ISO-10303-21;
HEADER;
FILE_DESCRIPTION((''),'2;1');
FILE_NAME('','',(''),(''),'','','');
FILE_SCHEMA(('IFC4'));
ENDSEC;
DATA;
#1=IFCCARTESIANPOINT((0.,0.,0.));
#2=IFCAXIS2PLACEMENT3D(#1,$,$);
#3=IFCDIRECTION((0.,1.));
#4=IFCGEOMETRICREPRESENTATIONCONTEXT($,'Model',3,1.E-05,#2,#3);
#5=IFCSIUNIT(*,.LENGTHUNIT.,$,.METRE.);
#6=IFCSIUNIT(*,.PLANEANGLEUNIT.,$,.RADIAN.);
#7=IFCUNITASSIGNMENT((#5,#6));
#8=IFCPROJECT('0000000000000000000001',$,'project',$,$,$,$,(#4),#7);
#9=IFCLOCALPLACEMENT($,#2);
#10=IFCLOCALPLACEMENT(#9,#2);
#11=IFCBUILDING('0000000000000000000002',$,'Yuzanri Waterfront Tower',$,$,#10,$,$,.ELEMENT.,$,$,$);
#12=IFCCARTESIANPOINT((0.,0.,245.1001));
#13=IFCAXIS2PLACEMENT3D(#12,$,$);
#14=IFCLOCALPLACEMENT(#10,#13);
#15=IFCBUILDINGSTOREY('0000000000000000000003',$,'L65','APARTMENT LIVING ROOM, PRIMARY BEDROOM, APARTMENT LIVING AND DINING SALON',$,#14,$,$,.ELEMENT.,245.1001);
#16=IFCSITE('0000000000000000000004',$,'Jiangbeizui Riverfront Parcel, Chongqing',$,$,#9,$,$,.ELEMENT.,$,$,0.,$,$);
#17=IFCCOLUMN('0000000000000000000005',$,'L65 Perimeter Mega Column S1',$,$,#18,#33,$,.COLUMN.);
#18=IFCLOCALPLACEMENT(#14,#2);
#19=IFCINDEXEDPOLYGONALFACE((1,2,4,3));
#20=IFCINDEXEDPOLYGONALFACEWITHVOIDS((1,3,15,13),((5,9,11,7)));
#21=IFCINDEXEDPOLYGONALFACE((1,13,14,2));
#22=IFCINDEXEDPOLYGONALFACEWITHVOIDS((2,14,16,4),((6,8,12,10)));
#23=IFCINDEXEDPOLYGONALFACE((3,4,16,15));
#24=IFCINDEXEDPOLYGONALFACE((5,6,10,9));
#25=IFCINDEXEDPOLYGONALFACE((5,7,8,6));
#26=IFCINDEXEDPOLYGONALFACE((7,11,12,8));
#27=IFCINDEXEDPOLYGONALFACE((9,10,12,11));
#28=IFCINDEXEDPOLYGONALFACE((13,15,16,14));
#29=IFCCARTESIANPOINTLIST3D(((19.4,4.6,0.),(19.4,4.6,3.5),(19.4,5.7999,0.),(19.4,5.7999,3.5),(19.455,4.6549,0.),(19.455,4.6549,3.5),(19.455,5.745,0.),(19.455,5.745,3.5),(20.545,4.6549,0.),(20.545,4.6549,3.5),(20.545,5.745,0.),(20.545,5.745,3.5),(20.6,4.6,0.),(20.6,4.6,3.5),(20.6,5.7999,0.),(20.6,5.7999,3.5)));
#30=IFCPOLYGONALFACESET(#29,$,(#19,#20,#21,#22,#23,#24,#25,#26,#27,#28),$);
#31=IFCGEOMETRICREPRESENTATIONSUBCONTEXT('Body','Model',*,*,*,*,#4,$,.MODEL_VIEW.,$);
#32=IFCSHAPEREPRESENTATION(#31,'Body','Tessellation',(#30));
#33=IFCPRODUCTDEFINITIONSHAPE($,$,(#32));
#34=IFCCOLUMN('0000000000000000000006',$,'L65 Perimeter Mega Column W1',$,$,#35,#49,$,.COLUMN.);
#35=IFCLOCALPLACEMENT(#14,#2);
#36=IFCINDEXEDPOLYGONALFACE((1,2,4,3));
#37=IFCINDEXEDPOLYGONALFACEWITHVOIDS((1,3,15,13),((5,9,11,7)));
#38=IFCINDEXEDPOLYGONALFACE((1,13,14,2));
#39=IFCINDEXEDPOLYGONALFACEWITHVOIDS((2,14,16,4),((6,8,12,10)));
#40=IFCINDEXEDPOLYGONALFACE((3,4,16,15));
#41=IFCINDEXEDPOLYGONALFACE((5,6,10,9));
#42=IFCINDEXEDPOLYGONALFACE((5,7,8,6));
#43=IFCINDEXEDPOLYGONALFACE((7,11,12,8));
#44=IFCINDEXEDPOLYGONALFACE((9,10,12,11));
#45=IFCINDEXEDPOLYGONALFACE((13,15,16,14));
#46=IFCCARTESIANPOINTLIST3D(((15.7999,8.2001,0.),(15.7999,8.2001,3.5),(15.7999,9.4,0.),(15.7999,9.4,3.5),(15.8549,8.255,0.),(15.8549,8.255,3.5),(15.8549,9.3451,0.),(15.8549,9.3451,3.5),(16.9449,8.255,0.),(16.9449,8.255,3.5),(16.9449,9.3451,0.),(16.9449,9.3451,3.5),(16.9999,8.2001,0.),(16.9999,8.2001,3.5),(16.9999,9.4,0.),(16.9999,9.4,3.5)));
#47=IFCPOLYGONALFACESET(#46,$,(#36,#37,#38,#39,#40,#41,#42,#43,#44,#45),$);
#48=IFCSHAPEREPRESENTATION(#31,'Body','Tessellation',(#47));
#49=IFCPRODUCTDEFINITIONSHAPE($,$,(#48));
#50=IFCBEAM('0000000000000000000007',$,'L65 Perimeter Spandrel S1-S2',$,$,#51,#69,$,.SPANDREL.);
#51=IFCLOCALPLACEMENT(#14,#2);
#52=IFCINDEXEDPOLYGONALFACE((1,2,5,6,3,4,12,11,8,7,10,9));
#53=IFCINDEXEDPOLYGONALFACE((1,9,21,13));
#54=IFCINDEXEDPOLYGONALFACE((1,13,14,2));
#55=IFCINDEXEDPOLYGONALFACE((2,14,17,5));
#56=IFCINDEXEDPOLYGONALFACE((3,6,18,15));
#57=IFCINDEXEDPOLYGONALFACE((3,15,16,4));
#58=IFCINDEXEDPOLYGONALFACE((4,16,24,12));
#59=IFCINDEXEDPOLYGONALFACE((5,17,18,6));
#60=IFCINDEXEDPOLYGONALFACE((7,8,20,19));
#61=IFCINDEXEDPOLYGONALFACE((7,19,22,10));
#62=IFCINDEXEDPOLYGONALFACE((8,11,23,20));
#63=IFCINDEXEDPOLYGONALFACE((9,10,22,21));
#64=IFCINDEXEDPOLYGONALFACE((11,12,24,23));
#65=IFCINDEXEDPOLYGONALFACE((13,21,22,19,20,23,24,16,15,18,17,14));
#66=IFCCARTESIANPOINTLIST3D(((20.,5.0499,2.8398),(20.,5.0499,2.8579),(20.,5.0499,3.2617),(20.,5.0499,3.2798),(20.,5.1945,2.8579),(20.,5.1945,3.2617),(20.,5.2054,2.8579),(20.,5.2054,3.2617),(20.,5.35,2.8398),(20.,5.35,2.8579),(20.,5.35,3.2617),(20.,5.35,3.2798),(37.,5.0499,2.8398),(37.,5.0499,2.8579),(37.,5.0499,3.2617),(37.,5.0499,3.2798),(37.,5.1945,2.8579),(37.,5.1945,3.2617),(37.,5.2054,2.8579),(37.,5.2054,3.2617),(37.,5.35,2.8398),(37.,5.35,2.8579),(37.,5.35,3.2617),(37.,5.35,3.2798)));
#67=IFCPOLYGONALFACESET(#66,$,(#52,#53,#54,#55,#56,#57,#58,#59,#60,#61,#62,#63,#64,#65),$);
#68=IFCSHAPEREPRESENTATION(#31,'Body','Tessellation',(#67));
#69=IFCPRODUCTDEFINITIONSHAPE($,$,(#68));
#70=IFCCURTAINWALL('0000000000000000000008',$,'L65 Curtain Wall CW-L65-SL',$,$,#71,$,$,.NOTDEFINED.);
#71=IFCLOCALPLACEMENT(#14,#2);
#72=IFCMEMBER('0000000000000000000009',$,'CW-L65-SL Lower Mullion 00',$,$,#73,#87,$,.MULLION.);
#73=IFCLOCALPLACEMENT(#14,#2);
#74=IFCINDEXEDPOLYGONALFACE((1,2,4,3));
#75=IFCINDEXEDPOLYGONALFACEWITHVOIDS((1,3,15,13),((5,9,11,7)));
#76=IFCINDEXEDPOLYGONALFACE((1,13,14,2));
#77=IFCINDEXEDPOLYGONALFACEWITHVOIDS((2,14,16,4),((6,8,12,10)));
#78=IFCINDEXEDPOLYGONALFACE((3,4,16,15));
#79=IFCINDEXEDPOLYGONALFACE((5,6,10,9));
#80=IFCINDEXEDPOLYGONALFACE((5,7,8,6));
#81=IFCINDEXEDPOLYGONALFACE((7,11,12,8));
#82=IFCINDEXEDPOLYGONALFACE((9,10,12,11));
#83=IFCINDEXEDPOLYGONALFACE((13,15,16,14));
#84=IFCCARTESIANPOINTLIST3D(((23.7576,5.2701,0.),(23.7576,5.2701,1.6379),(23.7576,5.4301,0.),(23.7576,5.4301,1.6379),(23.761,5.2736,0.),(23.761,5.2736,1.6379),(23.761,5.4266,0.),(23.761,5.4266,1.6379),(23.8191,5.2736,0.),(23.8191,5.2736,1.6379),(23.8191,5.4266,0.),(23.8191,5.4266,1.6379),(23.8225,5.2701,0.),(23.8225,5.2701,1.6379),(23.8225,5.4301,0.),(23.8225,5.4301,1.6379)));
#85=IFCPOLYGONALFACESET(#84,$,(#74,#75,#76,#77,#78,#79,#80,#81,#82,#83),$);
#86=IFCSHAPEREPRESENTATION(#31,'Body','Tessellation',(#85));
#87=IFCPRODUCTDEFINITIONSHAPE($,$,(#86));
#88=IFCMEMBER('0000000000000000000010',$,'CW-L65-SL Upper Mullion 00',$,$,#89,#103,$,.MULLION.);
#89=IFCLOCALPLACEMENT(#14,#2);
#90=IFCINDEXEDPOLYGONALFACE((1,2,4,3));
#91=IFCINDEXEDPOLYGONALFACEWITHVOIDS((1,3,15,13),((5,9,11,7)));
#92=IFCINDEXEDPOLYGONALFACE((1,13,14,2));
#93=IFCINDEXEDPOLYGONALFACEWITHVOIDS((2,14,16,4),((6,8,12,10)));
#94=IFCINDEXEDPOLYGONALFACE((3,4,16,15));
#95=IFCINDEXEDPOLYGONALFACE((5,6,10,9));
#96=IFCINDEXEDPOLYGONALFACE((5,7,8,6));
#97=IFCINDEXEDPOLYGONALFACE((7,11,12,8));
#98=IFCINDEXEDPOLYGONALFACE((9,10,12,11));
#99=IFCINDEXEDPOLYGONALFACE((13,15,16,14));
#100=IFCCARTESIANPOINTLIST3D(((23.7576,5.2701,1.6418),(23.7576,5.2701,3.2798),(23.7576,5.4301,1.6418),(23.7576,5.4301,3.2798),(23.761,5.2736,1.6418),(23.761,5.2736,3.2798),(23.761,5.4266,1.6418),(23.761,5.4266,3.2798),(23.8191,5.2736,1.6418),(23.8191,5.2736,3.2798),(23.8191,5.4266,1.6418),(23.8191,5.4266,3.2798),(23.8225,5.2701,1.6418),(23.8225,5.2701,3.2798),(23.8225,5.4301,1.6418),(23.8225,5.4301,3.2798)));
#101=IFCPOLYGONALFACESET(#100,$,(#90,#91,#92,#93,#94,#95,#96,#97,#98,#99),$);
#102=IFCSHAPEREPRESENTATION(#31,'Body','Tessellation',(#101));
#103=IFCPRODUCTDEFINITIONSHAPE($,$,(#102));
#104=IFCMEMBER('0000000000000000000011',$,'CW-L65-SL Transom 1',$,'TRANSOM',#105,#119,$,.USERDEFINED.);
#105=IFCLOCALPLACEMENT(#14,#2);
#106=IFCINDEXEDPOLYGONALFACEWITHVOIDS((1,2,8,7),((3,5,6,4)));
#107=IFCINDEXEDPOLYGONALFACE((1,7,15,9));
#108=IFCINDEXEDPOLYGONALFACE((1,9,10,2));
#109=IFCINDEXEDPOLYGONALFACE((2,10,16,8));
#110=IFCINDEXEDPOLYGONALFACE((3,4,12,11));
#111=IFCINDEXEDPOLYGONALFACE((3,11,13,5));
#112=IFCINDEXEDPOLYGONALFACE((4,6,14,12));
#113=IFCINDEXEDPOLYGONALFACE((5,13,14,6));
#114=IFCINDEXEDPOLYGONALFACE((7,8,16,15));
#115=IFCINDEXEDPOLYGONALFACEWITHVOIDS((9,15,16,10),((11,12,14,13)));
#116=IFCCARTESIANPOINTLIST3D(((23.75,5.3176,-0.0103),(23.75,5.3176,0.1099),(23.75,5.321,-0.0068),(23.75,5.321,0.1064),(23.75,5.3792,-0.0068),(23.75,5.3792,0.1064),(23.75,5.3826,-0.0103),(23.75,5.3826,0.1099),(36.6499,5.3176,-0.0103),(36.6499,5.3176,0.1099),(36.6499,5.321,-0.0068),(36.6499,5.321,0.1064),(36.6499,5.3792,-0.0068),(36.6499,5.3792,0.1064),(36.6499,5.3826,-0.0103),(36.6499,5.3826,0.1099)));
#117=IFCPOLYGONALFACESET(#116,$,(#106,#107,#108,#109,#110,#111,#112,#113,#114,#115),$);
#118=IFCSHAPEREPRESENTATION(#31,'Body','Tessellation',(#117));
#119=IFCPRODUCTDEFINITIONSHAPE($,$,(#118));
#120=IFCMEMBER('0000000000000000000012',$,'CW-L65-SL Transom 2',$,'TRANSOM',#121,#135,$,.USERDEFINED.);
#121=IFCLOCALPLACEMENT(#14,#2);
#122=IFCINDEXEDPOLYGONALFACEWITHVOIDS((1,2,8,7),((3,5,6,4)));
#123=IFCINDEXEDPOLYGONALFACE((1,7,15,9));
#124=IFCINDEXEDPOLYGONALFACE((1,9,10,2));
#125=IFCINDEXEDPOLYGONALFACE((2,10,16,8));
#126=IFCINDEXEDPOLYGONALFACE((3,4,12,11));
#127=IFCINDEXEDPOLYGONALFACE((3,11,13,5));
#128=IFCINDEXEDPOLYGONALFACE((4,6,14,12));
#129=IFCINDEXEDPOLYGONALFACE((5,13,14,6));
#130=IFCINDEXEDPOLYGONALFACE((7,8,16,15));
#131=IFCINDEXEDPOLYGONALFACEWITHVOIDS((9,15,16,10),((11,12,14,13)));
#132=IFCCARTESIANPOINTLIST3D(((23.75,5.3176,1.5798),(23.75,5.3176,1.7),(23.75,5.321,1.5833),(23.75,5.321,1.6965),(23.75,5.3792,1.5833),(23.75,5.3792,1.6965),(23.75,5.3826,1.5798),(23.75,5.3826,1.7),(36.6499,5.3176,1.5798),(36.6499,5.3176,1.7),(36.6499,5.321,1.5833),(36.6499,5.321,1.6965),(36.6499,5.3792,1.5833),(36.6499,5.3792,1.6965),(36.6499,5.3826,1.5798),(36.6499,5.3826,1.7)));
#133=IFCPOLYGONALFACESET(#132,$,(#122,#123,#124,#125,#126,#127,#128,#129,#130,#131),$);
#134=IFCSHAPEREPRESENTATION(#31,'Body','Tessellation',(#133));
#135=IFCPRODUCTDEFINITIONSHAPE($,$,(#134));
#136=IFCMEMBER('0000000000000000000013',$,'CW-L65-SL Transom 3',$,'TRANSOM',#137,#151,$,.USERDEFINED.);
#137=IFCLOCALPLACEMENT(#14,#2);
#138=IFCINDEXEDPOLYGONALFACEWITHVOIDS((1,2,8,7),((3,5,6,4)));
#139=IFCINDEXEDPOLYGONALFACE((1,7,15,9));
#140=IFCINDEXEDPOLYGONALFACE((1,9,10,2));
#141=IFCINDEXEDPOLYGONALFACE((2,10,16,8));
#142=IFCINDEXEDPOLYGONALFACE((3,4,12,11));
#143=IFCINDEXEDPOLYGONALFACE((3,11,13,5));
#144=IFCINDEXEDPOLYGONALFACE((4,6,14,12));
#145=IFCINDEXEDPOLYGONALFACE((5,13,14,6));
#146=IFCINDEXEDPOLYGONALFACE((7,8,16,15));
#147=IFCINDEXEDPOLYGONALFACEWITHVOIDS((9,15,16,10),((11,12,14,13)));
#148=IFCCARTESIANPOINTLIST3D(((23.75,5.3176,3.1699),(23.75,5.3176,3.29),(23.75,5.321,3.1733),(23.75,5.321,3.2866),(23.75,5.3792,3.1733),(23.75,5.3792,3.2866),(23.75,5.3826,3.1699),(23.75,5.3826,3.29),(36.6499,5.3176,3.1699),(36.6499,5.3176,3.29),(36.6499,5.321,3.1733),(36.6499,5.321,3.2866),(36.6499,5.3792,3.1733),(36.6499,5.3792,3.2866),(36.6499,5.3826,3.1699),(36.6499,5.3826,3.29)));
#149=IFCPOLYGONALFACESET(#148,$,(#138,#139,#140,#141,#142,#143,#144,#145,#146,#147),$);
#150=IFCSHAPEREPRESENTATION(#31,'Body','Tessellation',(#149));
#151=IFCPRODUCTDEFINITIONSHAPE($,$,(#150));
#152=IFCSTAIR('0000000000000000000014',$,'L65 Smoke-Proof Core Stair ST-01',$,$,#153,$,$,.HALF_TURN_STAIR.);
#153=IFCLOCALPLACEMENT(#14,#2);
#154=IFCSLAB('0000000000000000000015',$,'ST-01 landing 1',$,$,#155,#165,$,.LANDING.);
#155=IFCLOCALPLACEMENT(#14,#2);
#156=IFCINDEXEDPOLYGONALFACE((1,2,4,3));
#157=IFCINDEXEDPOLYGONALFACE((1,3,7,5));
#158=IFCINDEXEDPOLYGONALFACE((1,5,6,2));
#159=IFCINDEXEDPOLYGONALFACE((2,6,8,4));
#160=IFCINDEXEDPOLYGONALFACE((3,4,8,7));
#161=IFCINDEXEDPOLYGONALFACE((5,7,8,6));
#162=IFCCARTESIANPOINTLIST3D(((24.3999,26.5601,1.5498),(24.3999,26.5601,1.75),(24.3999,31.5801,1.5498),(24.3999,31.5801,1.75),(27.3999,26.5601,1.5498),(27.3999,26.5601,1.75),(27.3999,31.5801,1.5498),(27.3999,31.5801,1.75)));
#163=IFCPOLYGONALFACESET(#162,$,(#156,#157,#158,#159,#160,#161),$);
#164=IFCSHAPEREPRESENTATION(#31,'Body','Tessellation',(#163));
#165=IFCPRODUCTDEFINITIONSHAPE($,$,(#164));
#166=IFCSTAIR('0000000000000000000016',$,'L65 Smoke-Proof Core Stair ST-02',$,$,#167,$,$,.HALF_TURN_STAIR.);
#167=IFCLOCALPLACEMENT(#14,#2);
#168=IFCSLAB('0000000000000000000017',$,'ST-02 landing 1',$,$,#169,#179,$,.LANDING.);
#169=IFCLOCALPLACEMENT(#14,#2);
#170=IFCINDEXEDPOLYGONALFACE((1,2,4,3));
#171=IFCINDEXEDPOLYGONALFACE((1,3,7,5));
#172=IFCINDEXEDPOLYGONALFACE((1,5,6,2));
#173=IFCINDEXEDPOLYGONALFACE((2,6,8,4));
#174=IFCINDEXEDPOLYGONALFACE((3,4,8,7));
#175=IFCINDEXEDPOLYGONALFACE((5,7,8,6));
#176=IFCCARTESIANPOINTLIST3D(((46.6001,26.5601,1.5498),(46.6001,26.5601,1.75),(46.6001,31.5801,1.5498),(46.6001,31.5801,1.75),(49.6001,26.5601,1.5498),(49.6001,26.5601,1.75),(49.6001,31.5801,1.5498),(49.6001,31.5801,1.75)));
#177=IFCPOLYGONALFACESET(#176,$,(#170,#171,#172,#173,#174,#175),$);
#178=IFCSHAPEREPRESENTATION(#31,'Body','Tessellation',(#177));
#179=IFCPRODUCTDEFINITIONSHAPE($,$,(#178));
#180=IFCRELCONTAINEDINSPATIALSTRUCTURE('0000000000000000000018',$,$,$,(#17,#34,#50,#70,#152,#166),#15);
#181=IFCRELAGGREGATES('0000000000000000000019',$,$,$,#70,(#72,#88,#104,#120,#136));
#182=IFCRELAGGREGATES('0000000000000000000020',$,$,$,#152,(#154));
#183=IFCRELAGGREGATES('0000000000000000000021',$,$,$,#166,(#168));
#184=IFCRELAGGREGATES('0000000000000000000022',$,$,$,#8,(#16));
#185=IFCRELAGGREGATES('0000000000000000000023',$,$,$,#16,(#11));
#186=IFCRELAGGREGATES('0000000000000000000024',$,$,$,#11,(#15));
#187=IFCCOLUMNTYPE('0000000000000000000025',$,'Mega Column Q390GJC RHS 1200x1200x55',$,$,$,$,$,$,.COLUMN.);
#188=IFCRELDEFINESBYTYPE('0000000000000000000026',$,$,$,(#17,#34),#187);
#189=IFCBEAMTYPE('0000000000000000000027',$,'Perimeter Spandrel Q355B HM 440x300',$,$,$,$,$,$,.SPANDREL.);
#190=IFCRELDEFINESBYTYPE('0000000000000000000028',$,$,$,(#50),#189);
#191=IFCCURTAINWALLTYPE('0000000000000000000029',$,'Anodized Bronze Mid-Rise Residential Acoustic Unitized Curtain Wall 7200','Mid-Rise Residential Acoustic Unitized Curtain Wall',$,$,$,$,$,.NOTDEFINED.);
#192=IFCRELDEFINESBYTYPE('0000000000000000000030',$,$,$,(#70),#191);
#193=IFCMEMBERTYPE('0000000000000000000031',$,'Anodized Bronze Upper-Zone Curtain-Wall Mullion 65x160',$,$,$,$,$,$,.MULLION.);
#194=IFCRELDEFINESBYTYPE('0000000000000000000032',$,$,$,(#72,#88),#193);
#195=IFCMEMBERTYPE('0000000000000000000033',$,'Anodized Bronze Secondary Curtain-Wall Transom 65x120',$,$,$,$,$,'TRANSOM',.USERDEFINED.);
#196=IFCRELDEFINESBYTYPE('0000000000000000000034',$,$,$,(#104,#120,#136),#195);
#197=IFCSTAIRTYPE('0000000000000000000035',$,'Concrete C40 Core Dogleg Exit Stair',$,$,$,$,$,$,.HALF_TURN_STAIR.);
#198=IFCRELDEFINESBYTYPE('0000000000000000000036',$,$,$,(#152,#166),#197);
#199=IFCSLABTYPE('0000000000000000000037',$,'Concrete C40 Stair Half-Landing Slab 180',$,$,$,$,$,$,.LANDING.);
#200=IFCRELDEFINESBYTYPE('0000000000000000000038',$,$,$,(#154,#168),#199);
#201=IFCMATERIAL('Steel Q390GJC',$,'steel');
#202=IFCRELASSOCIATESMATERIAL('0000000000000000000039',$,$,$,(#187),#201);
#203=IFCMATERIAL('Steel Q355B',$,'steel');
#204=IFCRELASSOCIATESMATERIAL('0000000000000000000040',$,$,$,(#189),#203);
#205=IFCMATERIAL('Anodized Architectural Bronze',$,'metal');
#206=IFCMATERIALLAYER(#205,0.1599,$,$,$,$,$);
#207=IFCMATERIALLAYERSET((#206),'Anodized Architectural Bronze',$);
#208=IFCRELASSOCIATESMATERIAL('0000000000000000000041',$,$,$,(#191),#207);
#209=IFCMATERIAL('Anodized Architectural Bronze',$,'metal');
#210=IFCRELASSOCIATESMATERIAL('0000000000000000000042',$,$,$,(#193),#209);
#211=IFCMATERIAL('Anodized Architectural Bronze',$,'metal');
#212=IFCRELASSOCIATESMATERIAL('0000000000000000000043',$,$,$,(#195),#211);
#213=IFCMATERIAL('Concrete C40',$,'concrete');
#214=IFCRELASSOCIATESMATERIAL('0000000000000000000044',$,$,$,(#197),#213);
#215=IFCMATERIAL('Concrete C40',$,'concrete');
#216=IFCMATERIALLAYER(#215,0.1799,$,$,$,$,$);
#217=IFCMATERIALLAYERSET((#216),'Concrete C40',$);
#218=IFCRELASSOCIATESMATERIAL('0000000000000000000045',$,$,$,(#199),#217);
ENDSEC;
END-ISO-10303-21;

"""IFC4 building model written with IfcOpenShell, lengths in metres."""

from ifc_helpers import new_model, si_unit, direction, frame, origin, origin_2d, place, context, subcontext, project, spatial, polyline, hollow_rectangle, i_section, outline, extrude, source, transform, mapped, material, layer, layer_set, material_profile, profile_set, type_object, element, aggregate, save


model = new_model("IFC4")

# Units and contexts
model_context = context("Model", 3, precision=1e-05, world=origin(), true_north=direction((0.0, 1.0)))
body_context = subcontext(model_context, "Body", "Model", "MODEL_VIEW")
ifc_project = project(units=[si_unit("LENGTHUNIT", "METRE"), si_unit("PLANEANGLEUNIT", "RADIAN")], contexts=[model_context])

# Site, building, storey
site_placement = place(None, origin())
site = spatial("IfcSite", under=ifc_project, at=site_placement, Name="Jiangbeizui Riverfront Parcel, Chongqing", CompositionType="ELEMENT", RefElevation=0.0)
building_placement = place(site_placement, origin())
building = spatial("IfcBuilding", under=site, at=building_placement, Name="Yuzanri Waterfront Tower", CompositionType="ELEMENT")
storey_placement = place(building_placement, frame((0.0, 0.0, 245.1001)))
storey = spatial("IfcBuildingStorey", under=building, at=storey_placement, Name="L65", Description="APARTMENT LIVING ROOM, PRIMARY BEDROOM, APARTMENT LIVING AND DINING SALON", CompositionType="ELEMENT", Elevation=245.1001)

# Columns
ifc_material_1 = material(Name="Steel Q390GJC", Category="steel")
ifc_material_profile_1 = material_profile(ifc_material_1, hollow_rectangle(XDim=1.2, YDim=1.2, WallThickness=0.0549, at=origin_2d()), Name="RHS 1200x1200x55")
ifc_profile_set_1 = profile_set([ifc_material_profile_1], Name="Steel Q390GJC")
column_type = type_object("IfcColumnType", Name="Mega Column Q390GJC RHS 1200x1200x55", PredefinedType="COLUMN", material=ifc_profile_set_1)
shared_shape_1 = source(origin(), body_context, "Body", "SweptSolid", [
    extrude(hollow_rectangle(XDim=1.2, YDim=1.2, WallThickness=0.0549, at=origin_2d()), origin(), (0.0, 0.0, 1.0), 3.5),
])
for number, where, z_axis, x_axis, name in (
    (1, (20.0, 5.2, 0.0), (0.0, 0.0, 1.0), (1.0, 0.0, 0.0), "L65 Perimeter Mega Column S1"),
    (2, (16.3999, 8.8, 0.0), (0.0, 0.0, 1.0), (1.0, 0.0, 0.0), "L65 Perimeter Mega Column W1"),
):
    element("IfcColumn", number, at=place(storey_placement, frame(where, z_axis=z_axis, x_axis=x_axis)), inside=storey, type_object=column_type, Name=name, PredefinedType="COLUMN", context=body_context, shape_type="MappedRepresentation", body=[
        mapped(shared_shape_1, transform((0.0, 0.0, 0.0), scale=1.0)),
    ])

# Beam
ifc_material_2 = material(Name="Steel Q355B", Category="steel")
ifc_material_profile_2 = material_profile(ifc_material_2, i_section(OverallWidth=0.3, OverallDepth=0.4399, WebThickness=0.011, FlangeThickness=0.0181, at=origin_2d()), Name="HM 440x300x11x18")
ifc_profile_set_2 = profile_set([ifc_material_profile_2], Name="Steel Q355B")
beam_type = type_object("IfcBeamType", Name="Perimeter Spandrel Q355B HM 440x300", PredefinedType="SPANDREL", material=ifc_profile_set_2)
shared_shape_2 = source(origin(), body_context, "Body", "SweptSolid", [
    extrude(i_section(OverallWidth=0.3, OverallDepth=0.4399, WebThickness=0.011, FlangeThickness=0.0181, at=origin_2d()), origin(), (0.0, 0.0, 1.0), 17.0),
])
beam_placement = place(storey_placement, frame((20.0, 5.2, 3.0598), z_axis=(1.0, 0.0, 0.0), x_axis=(0.0, 1.0, 0.0)))
element("IfcBeam", 3, at=beam_placement, inside=storey, type_object=beam_type, Name="L65 Perimeter Spandrel S1-S2", PredefinedType="SPANDREL", context=body_context, shape_type="MappedRepresentation", body=[
    mapped(shared_shape_2, transform((0.0, 0.0, 0.0), scale=1.0)),
])

# Curtain wall, members
ifc_material_3 = material(Name="Anodized Architectural Bronze", Category="metal")
ifc_layer_1 = layer(ifc_material_3, 0.1599)
ifc_layer_set_1 = layer_set([ifc_layer_1], Name="Anodized Architectural Bronze")
curtain_wall_type = type_object("IfcCurtainWallType", Name="Anodized Bronze Mid-Rise Residential Acoustic Unitized Curtain Wall 7200", Description="Mid-Rise Residential Acoustic Unitized Curtain Wall", PredefinedType="NOTDEFINED", material=ifc_layer_set_1)
curtain_wall_placement = place(storey_placement, origin())
curtain_wall = element("IfcCurtainWall", 4, at=curtain_wall_placement, inside=storey, type_object=curtain_wall_type, Name="L65 Curtain Wall CW-L65-SL", PredefinedType="NOTDEFINED")
ifc_material_4 = material(Name="Anodized Architectural Bronze", Category="metal")
ifc_material_profile_3 = material_profile(ifc_material_4, hollow_rectangle(XDim=0.0649, YDim=0.1599, WallThickness=0.0034, at=origin_2d()), Name="CWM 65x160")
ifc_profile_set_3 = profile_set([ifc_material_profile_3], Name="Anodized Architectural Bronze")
member_type_1 = type_object("IfcMemberType", Name="Anodized Bronze Upper-Zone Curtain-Wall Mullion 65x160", PredefinedType="MULLION", material=ifc_profile_set_3)
shared_shape_3 = source(origin(), body_context, "Body", "SweptSolid", [
    extrude(hollow_rectangle(XDim=0.0649, YDim=0.1599, WallThickness=0.0034, at=origin_2d()), origin(), (0.0, 0.0, 1.0), 1.6379),
])
member_1_placement = place(storey_placement, frame((23.79, 5.3501, 0.0), z_axis=(0.0, 0.0, 1.0), x_axis=(1.0, 0.0, 0.0)))
member_1 = element("IfcMember", 5, at=member_1_placement, type_object=member_type_1, Name="CW-L65-SL Lower Mullion 00", PredefinedType="MULLION", context=body_context, shape_type="MappedRepresentation", body=[
    mapped(shared_shape_3, transform((0.0, 0.0, 0.0), scale=1.0)),
])
member_2_placement = place(storey_placement, frame((23.79, 5.3501, 1.6418), z_axis=(0.0, 0.0, 1.0), x_axis=(1.0, 0.0, 0.0)))
member_2 = element("IfcMember", 6, at=member_2_placement, type_object=member_type_1, Name="CW-L65-SL Upper Mullion 00", PredefinedType="MULLION", context=body_context, shape_type="MappedRepresentation", body=[
    mapped(shared_shape_3, transform((0.0, 0.0, 0.0), scale=1.0)),
])
ifc_material_5 = material(Name="Anodized Architectural Bronze", Category="metal")
ifc_material_profile_4 = material_profile(ifc_material_5, hollow_rectangle(XDim=0.0649, YDim=0.1201, WallThickness=0.0034, at=origin_2d()), Name="CWT 65x120")
ifc_profile_set_4 = profile_set([ifc_material_profile_4], Name="Anodized Architectural Bronze")
member_type_2 = type_object("IfcMemberType", Name="Anodized Bronze Secondary Curtain-Wall Transom 65x120", ElementType="TRANSOM", PredefinedType="USERDEFINED", material=ifc_profile_set_4)
shared_shape_4 = source(origin(), body_context, "Body", "SweptSolid", [
    extrude(hollow_rectangle(XDim=0.0649, YDim=0.1201, WallThickness=0.0034, at=origin_2d()), origin(), (0.0, 0.0, 1.0), 12.8999),
])
member_3_placement = place(storey_placement, frame((23.75, 5.3501, 0.0498), z_axis=(1.0, 0.0, 0.0), x_axis=(0.0, 1.0, 0.0)))
member_3 = element("IfcMember", 7, at=member_3_placement, type_object=member_type_2, Name="CW-L65-SL Transom 1", ObjectType="TRANSOM", PredefinedType="USERDEFINED", context=body_context, shape_type="MappedRepresentation", body=[
    mapped(shared_shape_4, transform((0.0, 0.0, 0.0), scale=1.0)),
])
member_4_placement = place(storey_placement, frame((23.75, 5.3501, 1.6399), z_axis=(1.0, 0.0, 0.0), x_axis=(0.0, 1.0, 0.0)))
member_4 = element("IfcMember", 8, at=member_4_placement, type_object=member_type_2, Name="CW-L65-SL Transom 2", ObjectType="TRANSOM", PredefinedType="USERDEFINED", context=body_context, shape_type="MappedRepresentation", body=[
    mapped(shared_shape_4, transform((0.0, 0.0, 0.0), scale=1.0)),
])
member_5_placement = place(storey_placement, frame((23.75, 5.3501, 3.23), z_axis=(1.0, 0.0, 0.0), x_axis=(0.0, 1.0, 0.0)))
member_5 = element("IfcMember", 9, at=member_5_placement, type_object=member_type_2, Name="CW-L65-SL Transom 3", ObjectType="TRANSOM", PredefinedType="USERDEFINED", context=body_context, shape_type="MappedRepresentation", body=[
    mapped(shared_shape_4, transform((0.0, 0.0, 0.0), scale=1.0)),
])
aggregate(curtain_wall, [member_1, member_2, member_3, member_4, member_5])

# Stairs, slabs
ifc_material_6 = material(Name="Concrete C40", Category="concrete")
stair_type = type_object("IfcStairType", Name="Concrete C40 Core Dogleg Exit Stair", PredefinedType="HALF_TURN_STAIR", material=ifc_material_6)
stair_1_placement = place(storey_placement, origin())
stair_1 = element("IfcStair", 10, at=stair_1_placement, inside=storey, type_object=stair_type, Name="L65 Smoke-Proof Core Stair ST-01", PredefinedType="HALF_TURN_STAIR")
ifc_material_7 = material(Name="Concrete C40", Category="concrete")
ifc_layer_2 = layer(ifc_material_7, 0.1799)
ifc_layer_set_2 = layer_set([ifc_layer_2], Name="Concrete C40")
slab_type_1 = type_object("IfcSlabType", Name="Concrete C40 Stair Half-Landing Slab 180", PredefinedType="LANDING", material=ifc_layer_set_2)
slab_1_placement = place(storey_placement, frame((0.0, 0.0, 1.5498)))
slab_1 = element("IfcSlab", 11, at=slab_1_placement, type_object=slab_type_1, Name="ST-01 landing 1", PredefinedType="LANDING", context=body_context, shape_type="SweptSolid", body=[
    extrude(outline(polyline([(27.3999, 26.5601), (27.3999, 31.5801), (24.3999, 31.5801), (24.3999, 26.5601), (27.3999, 26.5601)])), origin(), (0.0, 0.0, 1.0), 0.2002),
])
aggregate(stair_1, [slab_1])
stair_2_placement = place(storey_placement, origin())
stair_2 = element("IfcStair", 12, at=stair_2_placement, inside=storey, type_object=stair_type, Name="L65 Smoke-Proof Core Stair ST-02", PredefinedType="HALF_TURN_STAIR")
slab_2_placement = place(storey_placement, frame((0.0, 0.0, 1.5498)))
slab_2 = element("IfcSlab", 13, at=slab_2_placement, type_object=slab_type_1, Name="ST-02 landing 1", PredefinedType="LANDING", context=body_context, shape_type="SweptSolid", body=[
    extrude(outline(polyline([(49.6001, 26.5601), (49.6001, 31.5801), (46.6001, 31.5801), (46.6001, 26.5601), (49.6001, 26.5601)])), origin(), (0.0, 0.0, 1.0), 0.2002),
])
aggregate(stair_2, [slab_2])

save(model, "model.ifc")
